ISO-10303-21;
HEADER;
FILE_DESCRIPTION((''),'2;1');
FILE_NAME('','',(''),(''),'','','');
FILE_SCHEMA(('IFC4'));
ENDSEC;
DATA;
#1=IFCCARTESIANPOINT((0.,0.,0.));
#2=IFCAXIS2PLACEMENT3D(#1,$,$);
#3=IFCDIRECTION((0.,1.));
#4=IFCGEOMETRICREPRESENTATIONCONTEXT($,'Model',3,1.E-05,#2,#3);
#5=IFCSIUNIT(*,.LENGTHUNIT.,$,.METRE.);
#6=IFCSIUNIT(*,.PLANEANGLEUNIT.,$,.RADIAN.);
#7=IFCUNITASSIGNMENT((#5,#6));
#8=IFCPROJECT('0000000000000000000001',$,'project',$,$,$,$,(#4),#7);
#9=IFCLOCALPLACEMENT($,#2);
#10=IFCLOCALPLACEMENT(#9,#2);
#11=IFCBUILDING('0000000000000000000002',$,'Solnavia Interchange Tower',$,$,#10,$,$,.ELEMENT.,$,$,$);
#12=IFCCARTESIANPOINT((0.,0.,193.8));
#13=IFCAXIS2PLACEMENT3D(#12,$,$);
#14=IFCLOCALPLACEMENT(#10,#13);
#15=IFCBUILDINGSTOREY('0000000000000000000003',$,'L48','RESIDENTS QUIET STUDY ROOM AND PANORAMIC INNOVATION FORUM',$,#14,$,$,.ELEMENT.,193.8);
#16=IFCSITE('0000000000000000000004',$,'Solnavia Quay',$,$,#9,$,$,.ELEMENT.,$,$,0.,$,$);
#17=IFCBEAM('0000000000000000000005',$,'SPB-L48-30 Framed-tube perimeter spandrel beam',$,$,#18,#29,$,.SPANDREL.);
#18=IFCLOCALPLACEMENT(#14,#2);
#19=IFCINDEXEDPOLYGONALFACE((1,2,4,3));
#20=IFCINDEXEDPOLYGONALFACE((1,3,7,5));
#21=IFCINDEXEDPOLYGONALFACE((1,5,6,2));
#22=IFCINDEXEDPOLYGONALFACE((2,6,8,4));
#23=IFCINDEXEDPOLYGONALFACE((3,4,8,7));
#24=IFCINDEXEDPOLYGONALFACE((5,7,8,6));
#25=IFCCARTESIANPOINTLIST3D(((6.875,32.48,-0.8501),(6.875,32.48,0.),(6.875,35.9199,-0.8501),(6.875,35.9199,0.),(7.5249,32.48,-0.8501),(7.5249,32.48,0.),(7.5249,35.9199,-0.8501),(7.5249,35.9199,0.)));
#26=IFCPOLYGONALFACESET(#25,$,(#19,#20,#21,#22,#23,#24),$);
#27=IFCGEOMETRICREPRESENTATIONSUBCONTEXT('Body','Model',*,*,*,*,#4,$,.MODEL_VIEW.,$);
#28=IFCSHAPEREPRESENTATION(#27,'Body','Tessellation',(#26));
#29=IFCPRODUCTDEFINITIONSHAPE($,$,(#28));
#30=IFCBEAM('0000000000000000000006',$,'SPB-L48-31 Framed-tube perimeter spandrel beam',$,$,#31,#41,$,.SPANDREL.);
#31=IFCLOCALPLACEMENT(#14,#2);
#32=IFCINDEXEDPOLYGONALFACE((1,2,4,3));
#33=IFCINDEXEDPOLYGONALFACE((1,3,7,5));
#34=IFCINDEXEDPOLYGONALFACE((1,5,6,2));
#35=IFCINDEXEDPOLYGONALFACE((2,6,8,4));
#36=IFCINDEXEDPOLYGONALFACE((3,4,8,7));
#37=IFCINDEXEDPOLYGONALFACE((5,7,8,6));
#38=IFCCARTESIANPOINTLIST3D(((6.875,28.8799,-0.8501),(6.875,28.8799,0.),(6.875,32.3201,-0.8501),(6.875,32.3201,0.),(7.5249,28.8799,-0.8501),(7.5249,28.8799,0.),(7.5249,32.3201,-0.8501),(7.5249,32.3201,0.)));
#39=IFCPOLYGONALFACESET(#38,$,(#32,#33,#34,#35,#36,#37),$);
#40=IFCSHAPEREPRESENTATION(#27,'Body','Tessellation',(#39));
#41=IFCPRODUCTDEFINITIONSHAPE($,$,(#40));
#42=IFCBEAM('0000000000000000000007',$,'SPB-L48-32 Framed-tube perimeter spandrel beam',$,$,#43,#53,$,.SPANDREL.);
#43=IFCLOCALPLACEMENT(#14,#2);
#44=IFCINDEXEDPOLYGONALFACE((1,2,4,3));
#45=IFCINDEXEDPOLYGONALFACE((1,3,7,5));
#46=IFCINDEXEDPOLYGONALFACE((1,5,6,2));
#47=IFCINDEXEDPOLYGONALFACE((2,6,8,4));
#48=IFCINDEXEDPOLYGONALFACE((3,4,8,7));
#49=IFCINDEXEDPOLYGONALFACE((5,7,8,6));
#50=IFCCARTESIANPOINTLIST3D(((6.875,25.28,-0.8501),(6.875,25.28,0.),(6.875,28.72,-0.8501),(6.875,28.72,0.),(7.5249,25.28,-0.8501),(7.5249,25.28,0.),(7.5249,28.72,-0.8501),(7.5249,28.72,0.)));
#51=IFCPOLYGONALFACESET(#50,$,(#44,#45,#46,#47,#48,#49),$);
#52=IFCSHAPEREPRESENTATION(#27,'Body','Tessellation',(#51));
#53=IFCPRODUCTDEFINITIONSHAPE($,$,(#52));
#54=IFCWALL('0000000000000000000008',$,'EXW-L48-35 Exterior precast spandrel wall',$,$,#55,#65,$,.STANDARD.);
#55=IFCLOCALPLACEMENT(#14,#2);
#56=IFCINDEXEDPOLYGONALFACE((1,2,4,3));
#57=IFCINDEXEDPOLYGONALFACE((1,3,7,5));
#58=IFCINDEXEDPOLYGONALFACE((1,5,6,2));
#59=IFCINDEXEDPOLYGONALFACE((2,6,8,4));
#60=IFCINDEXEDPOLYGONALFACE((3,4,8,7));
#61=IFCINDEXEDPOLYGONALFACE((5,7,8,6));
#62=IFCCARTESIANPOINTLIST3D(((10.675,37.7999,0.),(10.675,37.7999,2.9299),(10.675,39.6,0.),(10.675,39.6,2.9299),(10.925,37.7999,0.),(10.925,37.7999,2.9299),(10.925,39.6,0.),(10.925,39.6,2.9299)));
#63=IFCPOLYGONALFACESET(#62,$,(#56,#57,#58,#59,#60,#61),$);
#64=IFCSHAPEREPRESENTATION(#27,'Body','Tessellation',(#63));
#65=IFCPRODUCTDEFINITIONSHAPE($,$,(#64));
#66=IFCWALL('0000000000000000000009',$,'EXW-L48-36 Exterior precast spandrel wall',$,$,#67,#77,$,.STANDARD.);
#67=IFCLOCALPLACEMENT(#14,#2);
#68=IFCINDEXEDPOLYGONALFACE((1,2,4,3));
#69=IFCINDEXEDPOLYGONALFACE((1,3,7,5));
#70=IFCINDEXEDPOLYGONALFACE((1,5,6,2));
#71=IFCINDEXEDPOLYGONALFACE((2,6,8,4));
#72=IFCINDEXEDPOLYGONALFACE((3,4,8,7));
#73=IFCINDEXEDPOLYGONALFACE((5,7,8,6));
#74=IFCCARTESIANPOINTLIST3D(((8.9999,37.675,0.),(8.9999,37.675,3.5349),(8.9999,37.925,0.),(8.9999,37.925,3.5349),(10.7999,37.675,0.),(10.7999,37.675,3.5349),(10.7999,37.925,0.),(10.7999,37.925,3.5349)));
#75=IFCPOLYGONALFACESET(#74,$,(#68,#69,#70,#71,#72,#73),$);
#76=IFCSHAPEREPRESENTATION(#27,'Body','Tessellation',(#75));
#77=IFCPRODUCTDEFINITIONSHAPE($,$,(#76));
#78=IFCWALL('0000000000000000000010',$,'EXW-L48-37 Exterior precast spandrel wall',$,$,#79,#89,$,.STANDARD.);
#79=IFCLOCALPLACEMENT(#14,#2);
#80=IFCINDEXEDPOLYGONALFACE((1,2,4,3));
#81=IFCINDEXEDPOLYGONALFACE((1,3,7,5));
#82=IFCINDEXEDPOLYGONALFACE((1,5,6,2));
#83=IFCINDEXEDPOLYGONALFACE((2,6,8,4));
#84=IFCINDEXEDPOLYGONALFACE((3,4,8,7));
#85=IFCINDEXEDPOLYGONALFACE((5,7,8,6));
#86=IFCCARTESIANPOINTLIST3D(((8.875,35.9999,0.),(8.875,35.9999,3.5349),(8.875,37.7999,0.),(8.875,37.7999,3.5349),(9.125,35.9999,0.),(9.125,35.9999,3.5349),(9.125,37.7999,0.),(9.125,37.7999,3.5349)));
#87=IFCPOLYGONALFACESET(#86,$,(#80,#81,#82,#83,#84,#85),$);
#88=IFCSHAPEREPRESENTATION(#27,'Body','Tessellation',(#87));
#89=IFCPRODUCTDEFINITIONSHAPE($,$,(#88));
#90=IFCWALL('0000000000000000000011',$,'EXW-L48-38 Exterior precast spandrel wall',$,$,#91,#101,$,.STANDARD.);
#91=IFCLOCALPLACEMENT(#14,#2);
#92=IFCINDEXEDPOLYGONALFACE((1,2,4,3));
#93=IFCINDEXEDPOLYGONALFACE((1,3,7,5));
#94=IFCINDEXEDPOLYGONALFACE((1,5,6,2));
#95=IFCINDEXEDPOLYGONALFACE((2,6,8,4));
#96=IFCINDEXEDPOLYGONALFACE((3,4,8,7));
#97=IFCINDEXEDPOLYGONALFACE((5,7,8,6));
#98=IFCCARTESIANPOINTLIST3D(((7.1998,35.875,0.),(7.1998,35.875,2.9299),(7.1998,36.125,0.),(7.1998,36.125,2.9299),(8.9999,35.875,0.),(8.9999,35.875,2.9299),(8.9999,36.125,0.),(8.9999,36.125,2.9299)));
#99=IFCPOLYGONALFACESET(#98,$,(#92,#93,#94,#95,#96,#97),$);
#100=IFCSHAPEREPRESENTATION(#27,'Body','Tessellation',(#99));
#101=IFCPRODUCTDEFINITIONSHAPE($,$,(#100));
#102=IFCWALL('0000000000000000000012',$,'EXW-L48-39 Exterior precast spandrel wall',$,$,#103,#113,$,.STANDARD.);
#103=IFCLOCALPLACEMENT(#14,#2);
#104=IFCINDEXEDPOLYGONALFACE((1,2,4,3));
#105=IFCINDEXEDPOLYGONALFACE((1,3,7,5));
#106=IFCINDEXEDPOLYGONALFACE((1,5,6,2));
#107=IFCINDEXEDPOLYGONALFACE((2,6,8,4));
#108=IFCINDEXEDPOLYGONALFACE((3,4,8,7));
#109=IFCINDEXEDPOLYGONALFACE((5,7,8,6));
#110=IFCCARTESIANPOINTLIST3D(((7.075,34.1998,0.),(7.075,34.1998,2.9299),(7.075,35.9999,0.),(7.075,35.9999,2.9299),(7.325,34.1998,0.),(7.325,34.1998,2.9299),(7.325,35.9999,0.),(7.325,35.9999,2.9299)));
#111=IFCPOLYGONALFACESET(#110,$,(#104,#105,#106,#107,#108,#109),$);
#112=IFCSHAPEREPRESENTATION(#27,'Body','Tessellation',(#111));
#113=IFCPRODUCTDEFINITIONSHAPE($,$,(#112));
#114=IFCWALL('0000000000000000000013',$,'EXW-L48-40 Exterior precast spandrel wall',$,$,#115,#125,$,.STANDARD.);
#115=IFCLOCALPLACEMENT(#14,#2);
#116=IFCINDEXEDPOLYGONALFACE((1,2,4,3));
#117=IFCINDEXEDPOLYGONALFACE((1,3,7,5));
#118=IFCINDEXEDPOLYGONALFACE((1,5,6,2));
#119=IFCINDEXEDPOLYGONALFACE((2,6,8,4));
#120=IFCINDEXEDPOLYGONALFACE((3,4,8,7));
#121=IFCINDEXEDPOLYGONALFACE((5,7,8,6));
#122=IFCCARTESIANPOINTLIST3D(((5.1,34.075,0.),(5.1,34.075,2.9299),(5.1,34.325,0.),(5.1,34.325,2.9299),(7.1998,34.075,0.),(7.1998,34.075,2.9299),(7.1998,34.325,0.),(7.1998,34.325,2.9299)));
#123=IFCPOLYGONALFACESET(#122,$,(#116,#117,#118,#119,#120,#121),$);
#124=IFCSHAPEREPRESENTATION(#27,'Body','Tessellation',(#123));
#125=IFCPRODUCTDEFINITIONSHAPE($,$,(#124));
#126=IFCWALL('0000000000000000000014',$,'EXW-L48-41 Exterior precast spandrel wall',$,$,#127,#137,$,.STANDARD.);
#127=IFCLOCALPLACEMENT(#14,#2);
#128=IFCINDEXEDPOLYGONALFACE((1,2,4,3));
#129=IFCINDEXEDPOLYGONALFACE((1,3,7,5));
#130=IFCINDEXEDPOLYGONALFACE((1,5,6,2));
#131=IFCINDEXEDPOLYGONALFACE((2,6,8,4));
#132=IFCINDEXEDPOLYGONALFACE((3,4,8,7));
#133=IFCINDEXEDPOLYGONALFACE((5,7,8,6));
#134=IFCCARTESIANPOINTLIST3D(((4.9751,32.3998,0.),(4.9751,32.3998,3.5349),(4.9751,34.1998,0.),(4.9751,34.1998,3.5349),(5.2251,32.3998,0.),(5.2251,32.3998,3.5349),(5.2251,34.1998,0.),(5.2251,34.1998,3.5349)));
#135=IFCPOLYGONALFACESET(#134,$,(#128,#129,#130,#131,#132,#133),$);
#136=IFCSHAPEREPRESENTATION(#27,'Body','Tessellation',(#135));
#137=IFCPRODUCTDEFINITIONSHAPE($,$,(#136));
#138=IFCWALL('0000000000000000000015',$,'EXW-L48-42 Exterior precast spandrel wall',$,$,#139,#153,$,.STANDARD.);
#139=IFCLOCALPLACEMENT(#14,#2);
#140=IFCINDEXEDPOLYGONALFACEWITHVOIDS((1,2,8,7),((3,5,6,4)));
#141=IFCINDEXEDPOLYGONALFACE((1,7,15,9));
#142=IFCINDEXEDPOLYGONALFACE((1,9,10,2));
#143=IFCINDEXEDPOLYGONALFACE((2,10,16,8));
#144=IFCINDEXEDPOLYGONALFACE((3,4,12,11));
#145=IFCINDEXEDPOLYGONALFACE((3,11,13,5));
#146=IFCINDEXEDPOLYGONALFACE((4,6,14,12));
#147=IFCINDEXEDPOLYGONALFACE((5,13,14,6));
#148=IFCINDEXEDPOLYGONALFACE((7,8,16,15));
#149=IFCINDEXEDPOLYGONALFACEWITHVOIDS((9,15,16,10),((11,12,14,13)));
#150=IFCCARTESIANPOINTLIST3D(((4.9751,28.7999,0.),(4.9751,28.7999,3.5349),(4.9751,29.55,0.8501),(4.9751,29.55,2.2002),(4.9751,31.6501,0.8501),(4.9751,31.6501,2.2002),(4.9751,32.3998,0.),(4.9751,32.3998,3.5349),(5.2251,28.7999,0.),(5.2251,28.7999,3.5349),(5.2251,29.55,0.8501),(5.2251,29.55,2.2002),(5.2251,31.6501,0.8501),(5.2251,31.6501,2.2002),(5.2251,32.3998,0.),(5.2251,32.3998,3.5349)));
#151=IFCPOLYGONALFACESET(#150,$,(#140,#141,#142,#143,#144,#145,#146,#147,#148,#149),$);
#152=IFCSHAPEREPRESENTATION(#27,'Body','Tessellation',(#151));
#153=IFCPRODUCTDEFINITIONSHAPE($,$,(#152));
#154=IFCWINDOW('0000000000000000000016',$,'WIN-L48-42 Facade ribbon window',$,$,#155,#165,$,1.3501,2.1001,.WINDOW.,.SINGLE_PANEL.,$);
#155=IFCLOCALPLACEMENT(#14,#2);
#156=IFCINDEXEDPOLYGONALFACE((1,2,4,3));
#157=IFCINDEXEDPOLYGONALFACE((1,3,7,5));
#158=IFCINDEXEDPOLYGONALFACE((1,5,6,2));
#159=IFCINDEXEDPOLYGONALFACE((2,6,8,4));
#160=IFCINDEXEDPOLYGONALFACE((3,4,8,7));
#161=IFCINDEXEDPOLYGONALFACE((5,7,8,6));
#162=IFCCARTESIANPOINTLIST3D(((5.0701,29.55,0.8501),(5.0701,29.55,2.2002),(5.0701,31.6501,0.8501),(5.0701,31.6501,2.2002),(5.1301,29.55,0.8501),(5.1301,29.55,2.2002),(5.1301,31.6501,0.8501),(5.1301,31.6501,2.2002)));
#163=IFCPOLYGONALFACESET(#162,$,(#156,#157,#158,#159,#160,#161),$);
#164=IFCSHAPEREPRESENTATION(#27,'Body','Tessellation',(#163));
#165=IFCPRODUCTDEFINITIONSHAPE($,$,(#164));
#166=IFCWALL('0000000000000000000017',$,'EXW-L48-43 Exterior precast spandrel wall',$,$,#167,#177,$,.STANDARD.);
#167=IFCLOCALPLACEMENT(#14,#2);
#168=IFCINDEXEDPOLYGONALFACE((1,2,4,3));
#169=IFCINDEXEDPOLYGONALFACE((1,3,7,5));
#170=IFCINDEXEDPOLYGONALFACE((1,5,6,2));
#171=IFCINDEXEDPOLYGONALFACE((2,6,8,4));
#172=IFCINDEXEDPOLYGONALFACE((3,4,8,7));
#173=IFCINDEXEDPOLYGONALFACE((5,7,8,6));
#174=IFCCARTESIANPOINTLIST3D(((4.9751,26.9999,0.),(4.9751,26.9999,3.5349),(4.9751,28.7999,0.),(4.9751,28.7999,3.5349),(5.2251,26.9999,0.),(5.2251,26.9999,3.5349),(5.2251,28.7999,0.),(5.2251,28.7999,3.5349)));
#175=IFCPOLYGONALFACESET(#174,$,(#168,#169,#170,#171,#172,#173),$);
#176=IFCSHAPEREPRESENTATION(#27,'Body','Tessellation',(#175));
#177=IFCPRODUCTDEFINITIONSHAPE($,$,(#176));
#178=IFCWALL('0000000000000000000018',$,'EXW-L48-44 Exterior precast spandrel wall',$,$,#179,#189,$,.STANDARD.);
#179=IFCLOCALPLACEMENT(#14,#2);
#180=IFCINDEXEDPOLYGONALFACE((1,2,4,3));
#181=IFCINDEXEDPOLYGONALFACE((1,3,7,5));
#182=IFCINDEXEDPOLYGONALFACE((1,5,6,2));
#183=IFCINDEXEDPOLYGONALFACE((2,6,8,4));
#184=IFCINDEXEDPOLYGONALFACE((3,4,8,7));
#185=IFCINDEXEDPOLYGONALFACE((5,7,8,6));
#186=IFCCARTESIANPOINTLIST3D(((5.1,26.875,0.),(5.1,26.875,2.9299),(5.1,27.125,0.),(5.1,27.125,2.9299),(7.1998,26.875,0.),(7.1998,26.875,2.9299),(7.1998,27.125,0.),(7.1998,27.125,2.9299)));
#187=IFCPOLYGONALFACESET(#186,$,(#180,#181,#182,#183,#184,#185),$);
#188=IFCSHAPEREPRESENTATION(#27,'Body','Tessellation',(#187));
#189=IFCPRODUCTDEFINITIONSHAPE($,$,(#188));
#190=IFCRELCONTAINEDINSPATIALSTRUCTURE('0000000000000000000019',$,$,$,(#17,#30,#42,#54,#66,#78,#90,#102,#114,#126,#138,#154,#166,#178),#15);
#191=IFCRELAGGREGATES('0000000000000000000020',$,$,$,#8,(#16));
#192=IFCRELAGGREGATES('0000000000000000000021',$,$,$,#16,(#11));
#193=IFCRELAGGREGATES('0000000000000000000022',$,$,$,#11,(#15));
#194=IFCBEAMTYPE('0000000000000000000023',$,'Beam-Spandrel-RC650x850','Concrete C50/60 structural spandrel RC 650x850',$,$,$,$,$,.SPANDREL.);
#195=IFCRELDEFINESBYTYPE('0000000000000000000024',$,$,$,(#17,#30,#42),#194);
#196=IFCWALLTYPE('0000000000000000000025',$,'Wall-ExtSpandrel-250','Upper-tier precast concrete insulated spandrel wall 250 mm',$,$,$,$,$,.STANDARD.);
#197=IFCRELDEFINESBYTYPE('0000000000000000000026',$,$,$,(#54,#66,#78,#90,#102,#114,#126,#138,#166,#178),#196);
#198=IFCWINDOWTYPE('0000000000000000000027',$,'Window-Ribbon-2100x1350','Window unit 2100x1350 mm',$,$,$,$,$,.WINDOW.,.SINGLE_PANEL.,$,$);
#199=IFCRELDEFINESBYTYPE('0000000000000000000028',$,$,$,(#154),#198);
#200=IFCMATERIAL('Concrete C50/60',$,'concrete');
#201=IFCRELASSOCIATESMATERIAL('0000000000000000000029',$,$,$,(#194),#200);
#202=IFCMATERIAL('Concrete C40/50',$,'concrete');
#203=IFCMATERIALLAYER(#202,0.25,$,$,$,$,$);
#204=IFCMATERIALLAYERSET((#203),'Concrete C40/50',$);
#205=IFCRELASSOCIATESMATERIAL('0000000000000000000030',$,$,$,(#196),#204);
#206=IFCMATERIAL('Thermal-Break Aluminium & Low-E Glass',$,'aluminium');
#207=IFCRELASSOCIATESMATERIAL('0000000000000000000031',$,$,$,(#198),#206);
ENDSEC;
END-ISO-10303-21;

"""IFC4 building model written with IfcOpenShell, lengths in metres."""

from ifc_helpers import new_model, si_unit, direction, frame, frame_2d, origin, origin_2d, place, context, subcontext, project, spatial, rectangle, extrude, material, layer, layer_set, material_profile, profile_set, type_object, element, fill, save


model = new_model("IFC4")

# Units and contexts
model_context = context("Model", 3, precision=1e-05, world=origin(), true_north=direction((0.0, 1.0)))
body_context = subcontext(model_context, "Body", "Model", "MODEL_VIEW")
ifc_project = project(units=[si_unit("LENGTHUNIT", "METRE"), si_unit("PLANEANGLEUNIT", "RADIAN")], contexts=[model_context])

# Site, building, storey
site_placement = place(None, origin())
site = spatial("IfcSite", under=ifc_project, at=site_placement, Name="Solnavia Quay", CompositionType="ELEMENT", RefElevation=0.0)
building_placement = place(site_placement, origin())
building = spatial("IfcBuilding", under=site, at=building_placement, Name="Solnavia Interchange Tower", CompositionType="ELEMENT")
storey_placement = place(building_placement, frame((0.0, 0.0, 193.8)))
storey = spatial("IfcBuildingStorey", under=building, at=storey_placement, Name="L48", Description="RESIDENTS QUIET STUDY ROOM AND PANORAMIC INNOVATION FORUM", CompositionType="ELEMENT", Elevation=193.8)

# Shared definitions
ifc_material_1 = material(Name="Concrete C50/60", Category="concrete")

# Beams
ifc_material_profile_1 = material_profile(ifc_material_1, rectangle(XDim=0.6499, YDim=0.8501, at=origin_2d()), Name="RC 650x850")
ifc_profile_set_1 = profile_set([ifc_material_profile_1], Name="Concrete C50/60")
beam_type_1 = type_object("IfcBeamType", Name="Beam-Spandrel-RC650x850", Description="Concrete C50/60 structural spandrel RC 650x850", PredefinedType="SPANDREL", material=ifc_profile_set_1)
beam_1_placement = place(storey_placement, frame((7.2, 35.9199, -0.425), z_axis=(0.0, -1.0, 0.0), x_axis=(1.0, 0.0, 0.0)))
element("IfcBeam", 1, at=beam_1_placement, inside=storey, type_object=beam_type_1, Name="SPB-L48-30 Framed-tube perimeter spandrel beam", PredefinedType="SPANDREL", context=body_context, shape_type="SweptSolid", body=[
    extrude(rectangle(XDim=0.6499, YDim=0.8501, at=origin_2d()), origin(), (0.0, 0.0, 1.0), 3.4399),
])
beam_2_placement = place(storey_placement, frame((7.2, 32.3201, -0.425), z_axis=(0.0, -1.0, 0.0), x_axis=(1.0, 0.0, 0.0)))
element("IfcBeam", 2, at=beam_2_placement, inside=storey, type_object=beam_type_1, Name="SPB-L48-31 Framed-tube perimeter spandrel beam", PredefinedType="SPANDREL", context=body_context, shape_type="SweptSolid", body=[
    extrude(rectangle(XDim=0.6499, YDim=0.8501, at=origin_2d()), origin(), (0.0, 0.0, 1.0), 3.4402),
])
beam_3_placement = place(storey_placement, frame((7.2, 28.72, -0.425), z_axis=(0.0, -1.0, 0.0), x_axis=(1.0, 0.0, 0.0)))
element("IfcBeam", 3, at=beam_3_placement, inside=storey, type_object=beam_type_1, Name="SPB-L48-32 Framed-tube perimeter spandrel beam", PredefinedType="SPANDREL", context=body_context, shape_type="SweptSolid", body=[
    extrude(rectangle(XDim=0.6499, YDim=0.8501, at=origin_2d()), origin(), (0.0, 0.0, 1.0), 3.4399),
])

# Walls
ifc_material_2 = material(Name="Concrete C40/50", Category="concrete")
ifc_layer = layer(ifc_material_2, 0.25)
ifc_layer_set = layer_set([ifc_layer], Name="Concrete C40/50")
wall_type = type_object("IfcWallType", Name="Wall-ExtSpandrel-250", Description="Upper-tier precast concrete insulated spandrel wall 250 mm", PredefinedType="STANDARD", material=ifc_layer_set)
wall_1_placement = place(storey_placement, frame((10.8, 37.8, 0.0), z_axis=(0.0, 0.0, 1.0), x_axis=(0.0, 1.0, 0.0)))
element("IfcWall", 4, at=wall_1_placement, inside=storey, type_object=wall_type, Name="EXW-L48-35 Exterior precast spandrel wall", PredefinedType="STANDARD", context=body_context, shape_type="SweptSolid", body=[
    extrude(rectangle(XDim=1.8, YDim=0.25, at=frame_2d((0.8999, 0.0))), origin(), (0.0, 0.0, 1.0), 2.9299),
])
for number, where, z_axis, x_axis, name in (
    (5, (9.0, 37.8, 0.0), (0.0, 0.0, 1.0), (1.0, 0.0, 0.0), "EXW-L48-36 Exterior precast spandrel wall"),
    (6, (9.0, 36.0, 0.0), (0.0, 0.0, 1.0), (0.0, 1.0, 0.0), "EXW-L48-37 Exterior precast spandrel wall"),
):
    element("IfcWall", number, at=place(storey_placement, frame(where, z_axis=z_axis, x_axis=x_axis)), inside=storey, type_object=wall_type, Name=name, PredefinedType="STANDARD", context=body_context, shape_type="SweptSolid", body=[
        extrude(rectangle(XDim=1.8, YDim=0.25, at=frame_2d((0.8999, 0.0))), origin(), (0.0, 0.0, 1.0), 3.5349),
    ])
for number, where, z_axis, x_axis, name in (
    (7, (7.2, 36.0, 0.0), (0.0, 0.0, 1.0), (1.0, 0.0, 0.0), "EXW-L48-38 Exterior precast spandrel wall"),
    (8, (7.2, 34.2, 0.0), (0.0, 0.0, 1.0), (0.0, 1.0, 0.0), "EXW-L48-39 Exterior precast spandrel wall"),
):
    element("IfcWall", number, at=place(storey_placement, frame(where, z_axis=z_axis, x_axis=x_axis)), inside=storey, type_object=wall_type, Name=name, PredefinedType="STANDARD", context=body_context, shape_type="SweptSolid", body=[
        extrude(rectangle(XDim=1.8, YDim=0.25, at=frame_2d((0.8999, 0.0))), origin(), (0.0, 0.0, 1.0), 2.9299),
    ])
wall_2_placement = place(storey_placement, frame((5.1001, 34.2, 0.0), z_axis=(0.0, 0.0, 1.0), x_axis=(1.0, 0.0, 0.0)))
element("IfcWall", 9, at=wall_2_placement, inside=storey, type_object=wall_type, Name="EXW-L48-40 Exterior precast spandrel wall", PredefinedType="STANDARD", context=body_context, shape_type="SweptSolid", body=[
    extrude(rectangle(XDim=2.0999, YDim=0.25, at=frame_2d((1.0498, 0.0))), origin(), (0.0, 0.0, 1.0), 2.9299),
])
wall_3_placement = place(storey_placement, frame((5.1001, 32.3999, 0.0), z_axis=(0.0, 0.0, 1.0), x_axis=(0.0, 1.0, 0.0)))
element("IfcWall", 10, at=wall_3_placement, inside=storey, type_object=wall_type, Name="EXW-L48-41 Exterior precast spandrel wall", PredefinedType="STANDARD", context=body_context, shape_type="SweptSolid", body=[
    extrude(rectangle(XDim=1.8, YDim=0.25, at=frame_2d((0.8999, 0.0))), origin(), (0.0, 0.0, 1.0), 3.5349),
])

# Wall, opening, window
wall_4_placement = place(storey_placement, frame((5.1001, 28.8, 0.0), z_axis=(0.0, 0.0, 1.0), x_axis=(0.0, 1.0, 0.0)))
wall_4 = element("IfcWall", 11, at=wall_4_placement, inside=storey, type_object=wall_type, Name="EXW-L48-42 Exterior precast spandrel wall", PredefinedType="STANDARD", context=body_context, shape_type="SweptSolid", body=[
    extrude(rectangle(XDim=3.5999, YDim=0.25, at=frame_2d((1.7998, 0.0))), origin(), (0.0, 0.0, 1.0), 3.5349),
])
opening_placement = place(wall_4_placement, frame((0.75, 0.0, 0.8501)))
opening = element("IfcOpeningElement", 12, at=opening_placement, cuts=wall_4, PredefinedType="OPENING", context=body_context, shape_type="SweptSolid", body=[
    extrude(rectangle(XDim=2.1001, YDim=1.3501, at=frame_2d((1.05, 0.675))), frame((0.0, 0.135, 0.0), z_axis=(0.0, -1.0, 0.0), x_axis=(1.0, 0.0, 0.0)), (0.0, 0.0, 1.0), 0.27),
])
ifc_material_3 = material(Name="Thermal-Break Aluminium & Low-E Glass", Category="aluminium")
window_type = type_object("IfcWindowType", Name="Window-Ribbon-2100x1350", Description="Window unit 2100x1350 mm", PartitioningType="SINGLE_PANEL", PredefinedType="WINDOW", material=ifc_material_3)
window_placement = place(opening_placement, origin())
window = element("IfcWindow", 13, at=window_placement, inside=storey, type_object=window_type, Name="WIN-L48-42 Facade ribbon window", OverallHeight=1.3501, OverallWidth=2.1001, PartitioningType="SINGLE_PANEL", PredefinedType="WINDOW", context=body_context, shape_type="SweptSolid", body=[
    extrude(rectangle(XDim=2.1001, YDim=1.3501, at=frame_2d((1.05, 0.675))), frame((0.0, 0.03, 0.0), z_axis=(0.0, -1.0, 0.0), x_axis=(1.0, 0.0, 0.0)), (0.0, 0.0, 1.0), 0.0601),
])
fill(opening, window)

# Walls
wall_5_placement = place(storey_placement, frame((5.1001, 27.0, 0.0), z_axis=(0.0, 0.0, 1.0), x_axis=(0.0, 1.0, 0.0)))
element("IfcWall", 14, at=wall_5_placement, inside=storey, type_object=wall_type, Name="EXW-L48-43 Exterior precast spandrel wall", PredefinedType="STANDARD", context=body_context, shape_type="SweptSolid", body=[
    extrude(rectangle(XDim=1.8, YDim=0.25, at=frame_2d((0.8999, 0.0))), origin(), (0.0, 0.0, 1.0), 3.5349),
])
wall_6_placement = place(storey_placement, frame((5.1001, 27.0, 0.0), z_axis=(0.0, 0.0, 1.0), x_axis=(1.0, 0.0, 0.0)))
element("IfcWall", 15, at=wall_6_placement, inside=storey, type_object=wall_type, Name="EXW-L48-44 Exterior precast spandrel wall", PredefinedType="STANDARD", context=body_context, shape_type="SweptSolid", body=[
    extrude(rectangle(XDim=2.0999, YDim=0.25, at=frame_2d((1.0498, 0.0))), origin(), (0.0, 0.0, 1.0), 2.9299),
])

save(model, "model.ifc")
